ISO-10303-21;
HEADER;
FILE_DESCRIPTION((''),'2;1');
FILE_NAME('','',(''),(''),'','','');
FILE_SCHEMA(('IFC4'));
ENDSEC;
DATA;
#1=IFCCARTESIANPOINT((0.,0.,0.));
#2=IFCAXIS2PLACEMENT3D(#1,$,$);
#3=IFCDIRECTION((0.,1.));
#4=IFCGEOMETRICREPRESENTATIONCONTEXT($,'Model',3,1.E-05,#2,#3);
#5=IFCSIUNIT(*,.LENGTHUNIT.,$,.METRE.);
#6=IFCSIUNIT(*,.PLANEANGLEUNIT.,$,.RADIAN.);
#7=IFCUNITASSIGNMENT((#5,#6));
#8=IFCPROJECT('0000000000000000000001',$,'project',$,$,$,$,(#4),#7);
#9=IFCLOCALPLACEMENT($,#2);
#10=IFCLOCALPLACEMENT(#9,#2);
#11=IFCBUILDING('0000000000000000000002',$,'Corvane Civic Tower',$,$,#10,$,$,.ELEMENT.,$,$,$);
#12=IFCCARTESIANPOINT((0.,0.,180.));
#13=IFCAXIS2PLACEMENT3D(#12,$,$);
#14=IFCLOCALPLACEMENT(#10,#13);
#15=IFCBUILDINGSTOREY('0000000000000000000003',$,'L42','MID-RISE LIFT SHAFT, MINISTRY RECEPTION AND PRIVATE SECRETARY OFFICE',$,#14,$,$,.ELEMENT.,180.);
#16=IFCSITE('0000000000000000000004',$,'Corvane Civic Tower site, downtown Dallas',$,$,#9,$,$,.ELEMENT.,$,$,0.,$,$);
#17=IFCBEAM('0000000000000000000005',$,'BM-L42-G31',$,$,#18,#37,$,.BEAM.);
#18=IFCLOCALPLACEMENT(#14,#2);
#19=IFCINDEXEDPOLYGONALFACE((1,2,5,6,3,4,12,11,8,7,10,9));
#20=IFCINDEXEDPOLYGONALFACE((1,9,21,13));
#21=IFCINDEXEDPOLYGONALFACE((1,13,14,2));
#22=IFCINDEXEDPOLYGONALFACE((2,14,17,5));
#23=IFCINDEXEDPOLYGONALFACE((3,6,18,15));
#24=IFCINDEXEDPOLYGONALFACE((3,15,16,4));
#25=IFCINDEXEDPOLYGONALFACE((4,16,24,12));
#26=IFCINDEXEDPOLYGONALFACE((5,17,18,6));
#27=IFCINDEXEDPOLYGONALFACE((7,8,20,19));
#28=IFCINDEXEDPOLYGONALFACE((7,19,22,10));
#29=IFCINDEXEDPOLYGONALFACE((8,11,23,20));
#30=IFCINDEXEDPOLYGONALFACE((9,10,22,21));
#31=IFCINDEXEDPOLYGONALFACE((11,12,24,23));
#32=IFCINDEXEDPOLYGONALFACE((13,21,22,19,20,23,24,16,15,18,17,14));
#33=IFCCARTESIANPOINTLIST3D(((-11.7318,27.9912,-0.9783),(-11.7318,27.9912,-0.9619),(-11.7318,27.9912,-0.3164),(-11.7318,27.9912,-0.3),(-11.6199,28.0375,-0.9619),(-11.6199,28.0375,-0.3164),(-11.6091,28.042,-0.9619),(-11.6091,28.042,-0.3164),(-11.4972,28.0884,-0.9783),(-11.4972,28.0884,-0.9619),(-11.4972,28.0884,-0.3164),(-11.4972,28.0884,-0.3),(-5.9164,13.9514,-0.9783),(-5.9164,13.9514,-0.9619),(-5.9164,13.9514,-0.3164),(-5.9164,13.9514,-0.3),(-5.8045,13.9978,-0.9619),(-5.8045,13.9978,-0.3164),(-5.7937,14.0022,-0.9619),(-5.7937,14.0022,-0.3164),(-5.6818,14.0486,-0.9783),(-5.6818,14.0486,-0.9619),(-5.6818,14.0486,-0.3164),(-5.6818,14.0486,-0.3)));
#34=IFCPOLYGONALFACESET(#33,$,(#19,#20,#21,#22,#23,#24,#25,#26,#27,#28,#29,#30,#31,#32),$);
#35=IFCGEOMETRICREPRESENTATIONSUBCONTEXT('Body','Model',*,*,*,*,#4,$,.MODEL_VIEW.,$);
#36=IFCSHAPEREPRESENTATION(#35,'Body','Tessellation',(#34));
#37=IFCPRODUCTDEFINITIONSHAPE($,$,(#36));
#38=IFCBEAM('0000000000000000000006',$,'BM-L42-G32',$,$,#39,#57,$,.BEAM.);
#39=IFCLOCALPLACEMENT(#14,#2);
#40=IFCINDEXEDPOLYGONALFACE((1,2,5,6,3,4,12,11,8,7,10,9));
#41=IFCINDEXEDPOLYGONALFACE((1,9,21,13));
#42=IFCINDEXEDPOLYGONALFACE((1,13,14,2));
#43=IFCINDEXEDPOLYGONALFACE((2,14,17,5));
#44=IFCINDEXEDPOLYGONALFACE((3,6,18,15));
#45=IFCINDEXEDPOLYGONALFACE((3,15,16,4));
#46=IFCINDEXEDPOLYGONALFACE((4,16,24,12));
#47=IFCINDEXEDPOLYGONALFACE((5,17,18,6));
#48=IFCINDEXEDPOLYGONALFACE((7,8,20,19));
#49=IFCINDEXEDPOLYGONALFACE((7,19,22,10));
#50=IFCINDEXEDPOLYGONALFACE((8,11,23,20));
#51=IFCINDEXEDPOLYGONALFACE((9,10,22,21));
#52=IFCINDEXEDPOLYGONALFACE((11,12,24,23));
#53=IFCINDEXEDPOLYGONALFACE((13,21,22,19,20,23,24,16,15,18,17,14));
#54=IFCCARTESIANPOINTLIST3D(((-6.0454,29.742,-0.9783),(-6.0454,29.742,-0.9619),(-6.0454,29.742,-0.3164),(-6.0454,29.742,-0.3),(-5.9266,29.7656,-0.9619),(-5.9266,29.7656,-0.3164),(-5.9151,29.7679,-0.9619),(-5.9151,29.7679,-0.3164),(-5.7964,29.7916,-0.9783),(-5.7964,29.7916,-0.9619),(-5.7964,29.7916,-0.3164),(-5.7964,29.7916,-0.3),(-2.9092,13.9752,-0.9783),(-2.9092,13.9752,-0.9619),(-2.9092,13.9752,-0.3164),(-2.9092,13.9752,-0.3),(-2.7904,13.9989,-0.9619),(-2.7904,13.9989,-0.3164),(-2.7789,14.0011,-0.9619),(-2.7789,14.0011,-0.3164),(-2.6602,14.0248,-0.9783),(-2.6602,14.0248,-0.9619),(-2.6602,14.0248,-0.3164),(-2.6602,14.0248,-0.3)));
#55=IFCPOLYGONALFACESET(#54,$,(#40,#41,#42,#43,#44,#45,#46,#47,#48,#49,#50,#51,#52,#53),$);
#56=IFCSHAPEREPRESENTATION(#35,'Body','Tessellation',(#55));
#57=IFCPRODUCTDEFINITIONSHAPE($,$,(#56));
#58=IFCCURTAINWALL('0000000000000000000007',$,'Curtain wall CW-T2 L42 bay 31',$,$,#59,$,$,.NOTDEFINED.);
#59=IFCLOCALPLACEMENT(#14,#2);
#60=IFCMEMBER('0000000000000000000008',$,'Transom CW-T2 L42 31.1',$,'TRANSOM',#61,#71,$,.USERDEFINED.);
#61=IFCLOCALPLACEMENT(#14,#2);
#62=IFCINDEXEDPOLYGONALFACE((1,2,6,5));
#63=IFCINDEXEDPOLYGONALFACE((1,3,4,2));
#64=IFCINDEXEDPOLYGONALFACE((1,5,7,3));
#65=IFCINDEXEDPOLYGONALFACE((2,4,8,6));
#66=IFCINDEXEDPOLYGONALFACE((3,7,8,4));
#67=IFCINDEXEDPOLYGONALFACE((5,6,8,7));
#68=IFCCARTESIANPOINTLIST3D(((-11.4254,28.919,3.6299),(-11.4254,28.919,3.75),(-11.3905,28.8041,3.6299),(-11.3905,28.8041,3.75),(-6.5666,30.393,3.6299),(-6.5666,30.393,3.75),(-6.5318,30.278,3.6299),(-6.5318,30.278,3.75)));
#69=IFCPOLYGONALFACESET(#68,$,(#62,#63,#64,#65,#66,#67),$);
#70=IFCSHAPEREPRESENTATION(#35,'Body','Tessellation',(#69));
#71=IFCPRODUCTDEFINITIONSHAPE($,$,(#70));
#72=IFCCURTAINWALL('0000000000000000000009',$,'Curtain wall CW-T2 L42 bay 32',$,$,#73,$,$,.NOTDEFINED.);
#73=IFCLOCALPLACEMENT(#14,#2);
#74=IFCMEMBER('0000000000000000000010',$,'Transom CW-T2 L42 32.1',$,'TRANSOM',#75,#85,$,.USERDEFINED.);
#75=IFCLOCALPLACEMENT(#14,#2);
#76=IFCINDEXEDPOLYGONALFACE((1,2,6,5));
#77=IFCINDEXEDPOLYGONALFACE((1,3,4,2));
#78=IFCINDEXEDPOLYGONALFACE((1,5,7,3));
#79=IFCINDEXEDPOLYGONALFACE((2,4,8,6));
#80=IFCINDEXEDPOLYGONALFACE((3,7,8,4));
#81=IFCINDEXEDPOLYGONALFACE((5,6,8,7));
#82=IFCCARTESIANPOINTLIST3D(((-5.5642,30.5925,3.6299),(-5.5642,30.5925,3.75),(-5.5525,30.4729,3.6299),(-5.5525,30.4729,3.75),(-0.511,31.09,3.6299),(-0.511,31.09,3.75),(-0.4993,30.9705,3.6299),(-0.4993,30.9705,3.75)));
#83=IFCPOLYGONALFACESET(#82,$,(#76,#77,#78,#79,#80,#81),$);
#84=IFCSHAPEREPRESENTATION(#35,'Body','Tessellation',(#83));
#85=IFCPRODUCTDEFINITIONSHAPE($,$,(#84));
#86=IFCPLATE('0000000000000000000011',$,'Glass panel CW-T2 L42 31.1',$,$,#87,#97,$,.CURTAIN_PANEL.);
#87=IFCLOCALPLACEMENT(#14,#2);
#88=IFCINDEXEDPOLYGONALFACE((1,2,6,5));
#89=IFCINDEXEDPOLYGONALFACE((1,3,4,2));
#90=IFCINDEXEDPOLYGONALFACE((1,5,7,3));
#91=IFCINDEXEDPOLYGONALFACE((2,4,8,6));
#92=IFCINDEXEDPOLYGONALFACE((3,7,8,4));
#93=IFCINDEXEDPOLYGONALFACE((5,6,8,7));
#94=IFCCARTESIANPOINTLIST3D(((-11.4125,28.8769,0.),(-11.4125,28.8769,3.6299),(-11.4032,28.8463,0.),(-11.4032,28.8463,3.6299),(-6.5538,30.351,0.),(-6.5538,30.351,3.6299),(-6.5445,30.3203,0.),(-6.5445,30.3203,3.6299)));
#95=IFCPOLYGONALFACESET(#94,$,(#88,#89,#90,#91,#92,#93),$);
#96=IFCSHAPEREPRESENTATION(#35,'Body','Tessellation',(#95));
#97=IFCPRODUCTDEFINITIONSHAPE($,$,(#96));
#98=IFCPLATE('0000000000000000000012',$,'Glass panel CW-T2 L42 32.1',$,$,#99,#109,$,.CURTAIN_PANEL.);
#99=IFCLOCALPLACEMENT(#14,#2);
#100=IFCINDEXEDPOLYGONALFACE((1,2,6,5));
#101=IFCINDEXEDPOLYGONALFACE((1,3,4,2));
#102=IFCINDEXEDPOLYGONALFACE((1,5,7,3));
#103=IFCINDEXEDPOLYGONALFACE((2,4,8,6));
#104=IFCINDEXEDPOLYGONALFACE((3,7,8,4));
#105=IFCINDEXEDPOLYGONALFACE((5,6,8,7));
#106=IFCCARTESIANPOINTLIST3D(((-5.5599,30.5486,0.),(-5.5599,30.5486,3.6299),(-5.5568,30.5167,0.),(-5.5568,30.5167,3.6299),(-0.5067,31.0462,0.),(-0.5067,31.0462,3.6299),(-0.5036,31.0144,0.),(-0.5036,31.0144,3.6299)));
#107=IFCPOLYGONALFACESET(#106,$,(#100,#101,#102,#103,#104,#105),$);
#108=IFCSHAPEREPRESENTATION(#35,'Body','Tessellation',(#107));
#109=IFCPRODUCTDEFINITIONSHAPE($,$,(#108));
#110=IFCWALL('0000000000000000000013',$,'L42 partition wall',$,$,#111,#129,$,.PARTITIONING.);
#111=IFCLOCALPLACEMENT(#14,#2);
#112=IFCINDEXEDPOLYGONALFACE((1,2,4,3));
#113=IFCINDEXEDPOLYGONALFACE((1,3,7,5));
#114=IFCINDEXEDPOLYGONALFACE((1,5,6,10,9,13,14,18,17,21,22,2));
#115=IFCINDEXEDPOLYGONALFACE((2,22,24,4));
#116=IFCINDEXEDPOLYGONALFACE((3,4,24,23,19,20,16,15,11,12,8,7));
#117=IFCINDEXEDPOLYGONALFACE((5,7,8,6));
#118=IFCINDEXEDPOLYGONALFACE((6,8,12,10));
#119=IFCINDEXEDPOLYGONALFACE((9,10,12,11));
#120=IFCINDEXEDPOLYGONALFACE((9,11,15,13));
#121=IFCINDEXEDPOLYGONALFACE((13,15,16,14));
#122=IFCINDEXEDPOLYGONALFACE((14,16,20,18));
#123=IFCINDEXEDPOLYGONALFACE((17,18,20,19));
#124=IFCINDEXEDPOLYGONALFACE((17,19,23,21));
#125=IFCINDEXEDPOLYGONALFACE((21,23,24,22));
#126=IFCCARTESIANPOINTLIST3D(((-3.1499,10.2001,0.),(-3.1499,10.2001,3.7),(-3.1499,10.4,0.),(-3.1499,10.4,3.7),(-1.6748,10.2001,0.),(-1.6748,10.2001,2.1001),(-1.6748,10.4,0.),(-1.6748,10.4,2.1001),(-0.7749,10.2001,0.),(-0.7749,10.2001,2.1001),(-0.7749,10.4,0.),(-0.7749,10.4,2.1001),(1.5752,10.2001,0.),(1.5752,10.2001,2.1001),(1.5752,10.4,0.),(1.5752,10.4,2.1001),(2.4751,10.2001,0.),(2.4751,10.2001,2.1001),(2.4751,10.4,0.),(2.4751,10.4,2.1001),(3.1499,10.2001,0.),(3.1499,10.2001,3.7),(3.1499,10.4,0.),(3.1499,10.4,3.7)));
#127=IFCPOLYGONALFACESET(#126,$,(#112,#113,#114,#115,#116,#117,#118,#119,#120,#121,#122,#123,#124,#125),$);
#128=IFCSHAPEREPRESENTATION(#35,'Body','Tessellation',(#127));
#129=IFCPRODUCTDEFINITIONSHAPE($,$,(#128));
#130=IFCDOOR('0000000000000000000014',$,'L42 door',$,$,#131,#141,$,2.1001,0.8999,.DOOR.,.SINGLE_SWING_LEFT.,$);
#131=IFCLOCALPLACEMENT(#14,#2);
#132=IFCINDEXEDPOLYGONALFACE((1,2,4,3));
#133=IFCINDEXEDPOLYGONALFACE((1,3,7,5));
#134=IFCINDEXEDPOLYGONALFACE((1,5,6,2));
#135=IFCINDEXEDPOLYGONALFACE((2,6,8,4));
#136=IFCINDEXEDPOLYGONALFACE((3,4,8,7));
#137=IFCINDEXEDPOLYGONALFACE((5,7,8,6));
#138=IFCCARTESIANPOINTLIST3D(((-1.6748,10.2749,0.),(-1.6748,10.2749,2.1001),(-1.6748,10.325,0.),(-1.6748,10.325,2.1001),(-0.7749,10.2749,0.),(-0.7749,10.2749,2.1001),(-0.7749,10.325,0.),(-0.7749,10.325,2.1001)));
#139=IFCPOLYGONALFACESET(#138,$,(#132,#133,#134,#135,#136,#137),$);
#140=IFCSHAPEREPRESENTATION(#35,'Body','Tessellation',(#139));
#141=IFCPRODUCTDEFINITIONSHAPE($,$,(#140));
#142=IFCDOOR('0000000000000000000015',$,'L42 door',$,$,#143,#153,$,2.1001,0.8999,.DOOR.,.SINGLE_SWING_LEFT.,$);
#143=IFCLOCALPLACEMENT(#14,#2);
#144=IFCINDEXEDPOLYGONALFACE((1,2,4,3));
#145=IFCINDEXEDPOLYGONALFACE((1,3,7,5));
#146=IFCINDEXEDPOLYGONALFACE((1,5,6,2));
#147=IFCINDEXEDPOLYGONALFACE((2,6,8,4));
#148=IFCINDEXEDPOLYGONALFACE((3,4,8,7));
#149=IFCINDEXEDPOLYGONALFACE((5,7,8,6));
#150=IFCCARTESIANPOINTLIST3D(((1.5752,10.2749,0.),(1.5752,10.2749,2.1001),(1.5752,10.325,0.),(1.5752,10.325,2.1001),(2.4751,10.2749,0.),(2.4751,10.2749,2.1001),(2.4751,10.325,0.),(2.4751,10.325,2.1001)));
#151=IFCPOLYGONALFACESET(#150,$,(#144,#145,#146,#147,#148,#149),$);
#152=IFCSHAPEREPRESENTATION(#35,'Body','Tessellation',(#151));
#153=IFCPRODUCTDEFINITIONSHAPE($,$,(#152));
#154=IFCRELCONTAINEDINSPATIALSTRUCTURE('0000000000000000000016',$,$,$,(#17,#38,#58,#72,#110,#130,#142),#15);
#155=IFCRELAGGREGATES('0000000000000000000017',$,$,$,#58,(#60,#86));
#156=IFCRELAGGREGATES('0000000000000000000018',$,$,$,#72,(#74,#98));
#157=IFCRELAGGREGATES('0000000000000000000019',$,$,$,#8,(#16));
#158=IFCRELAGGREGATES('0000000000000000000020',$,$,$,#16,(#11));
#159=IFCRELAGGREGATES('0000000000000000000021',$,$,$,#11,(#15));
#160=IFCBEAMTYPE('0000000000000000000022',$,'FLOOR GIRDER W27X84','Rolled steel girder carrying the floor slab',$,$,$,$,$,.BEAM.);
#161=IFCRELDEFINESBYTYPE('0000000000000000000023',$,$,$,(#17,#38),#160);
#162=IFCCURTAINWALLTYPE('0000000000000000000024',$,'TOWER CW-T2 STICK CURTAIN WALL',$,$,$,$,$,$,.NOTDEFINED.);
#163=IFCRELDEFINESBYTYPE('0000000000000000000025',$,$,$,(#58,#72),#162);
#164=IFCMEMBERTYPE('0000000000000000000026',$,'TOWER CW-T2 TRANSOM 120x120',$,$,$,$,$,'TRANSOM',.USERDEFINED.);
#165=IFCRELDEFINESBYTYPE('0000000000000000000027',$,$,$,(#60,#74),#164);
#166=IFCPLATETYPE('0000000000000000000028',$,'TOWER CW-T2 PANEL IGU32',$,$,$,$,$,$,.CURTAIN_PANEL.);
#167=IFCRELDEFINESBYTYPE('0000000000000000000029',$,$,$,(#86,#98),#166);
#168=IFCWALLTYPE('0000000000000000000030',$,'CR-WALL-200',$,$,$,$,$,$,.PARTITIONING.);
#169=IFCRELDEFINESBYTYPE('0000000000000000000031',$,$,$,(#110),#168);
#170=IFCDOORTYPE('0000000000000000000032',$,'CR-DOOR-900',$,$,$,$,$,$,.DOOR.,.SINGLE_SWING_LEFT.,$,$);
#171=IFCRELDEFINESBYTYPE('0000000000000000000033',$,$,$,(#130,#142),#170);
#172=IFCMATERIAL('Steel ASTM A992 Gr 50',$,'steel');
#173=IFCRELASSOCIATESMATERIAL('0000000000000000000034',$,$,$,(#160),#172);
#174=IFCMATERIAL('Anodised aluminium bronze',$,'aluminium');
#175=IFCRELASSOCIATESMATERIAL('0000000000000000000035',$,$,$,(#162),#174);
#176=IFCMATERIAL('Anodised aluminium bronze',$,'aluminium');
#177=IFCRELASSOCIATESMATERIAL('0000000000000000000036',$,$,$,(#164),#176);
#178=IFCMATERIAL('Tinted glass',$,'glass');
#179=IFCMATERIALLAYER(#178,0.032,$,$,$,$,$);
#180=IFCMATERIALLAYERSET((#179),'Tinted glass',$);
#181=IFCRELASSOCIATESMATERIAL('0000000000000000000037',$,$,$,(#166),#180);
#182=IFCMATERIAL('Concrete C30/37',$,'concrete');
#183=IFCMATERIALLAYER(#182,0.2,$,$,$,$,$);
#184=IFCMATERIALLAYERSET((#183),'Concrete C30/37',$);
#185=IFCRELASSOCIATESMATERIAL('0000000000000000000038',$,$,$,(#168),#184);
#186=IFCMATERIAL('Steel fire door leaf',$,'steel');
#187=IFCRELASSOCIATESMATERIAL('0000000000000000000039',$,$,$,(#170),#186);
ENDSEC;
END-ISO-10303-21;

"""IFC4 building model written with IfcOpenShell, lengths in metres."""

from ifc_helpers import new_model, si_unit, direction, frame, frame_2d, origin, origin_2d, place, context, subcontext, project, spatial, rectangle, i_section, extrude, material, layer, layer_set, material_profile, profile_set, type_object, element, fill, aggregate, save


model = new_model("IFC4")

# Units and contexts
model_context = context("Model", 3, precision=1e-05, world=origin(), true_north=direction((0.0, 1.0)))
body_context = subcontext(model_context, "Body", "Model", "MODEL_VIEW")
ifc_project = project(units=[si_unit("LENGTHUNIT", "METRE"), si_unit("PLANEANGLEUNIT", "RADIAN")], contexts=[model_context])

# Site, building, storey
site_placement = place(None, origin())
site = spatial("IfcSite", under=ifc_project, at=site_placement, Name="Corvane Civic Tower site, downtown Dallas", CompositionType="ELEMENT", RefElevation=0.0)
building_placement = place(site_placement, origin())
building = spatial("IfcBuilding", under=site, at=building_placement, Name="Corvane Civic Tower", CompositionType="ELEMENT")
storey_placement = place(building_placement, frame((0.0, 0.0, 180.0)))
storey = spatial("IfcBuildingStorey", under=building, at=storey_placement, Name="L42", Description="MID-RISE LIFT SHAFT, MINISTRY RECEPTION AND PRIVATE SECRETARY OFFICE", CompositionType="ELEMENT", Elevation=180.0)

# Beams
ifc_material_1 = material(Name="Steel ASTM A992 Gr 50", Category="steel")
ifc_material_profile_1 = material_profile(ifc_material_1, i_section(OverallWidth=0.2539, OverallDepth=0.6782, WebThickness=0.0117, FlangeThickness=0.0164, at=origin_2d()), Name="W27X84")
ifc_profile_set_1 = profile_set([ifc_material_profile_1], Name="Steel ASTM A992 Gr 50")
beam_type_1 = type_object("IfcBeamType", Name="FLOOR GIRDER W27X84", Description="Rolled steel girder carrying the floor slab", PredefinedType="BEAM", material=ifc_profile_set_1)
beam_1_placement = place(storey_placement, frame((-5.7991, 14.0, -0.6392), z_axis=(-0.382681, 0.923881, 0.0), x_axis=(-0.923881, -0.382681, 0.0)))
element("IfcBeam", 1, at=beam_1_placement, inside=storey, type_object=beam_type_1, Name="BM-L42-G31", PredefinedType="BEAM", context=body_context, shape_type="SweptSolid", body=[
    extrude(i_section(OverallWidth=0.2539, OverallDepth=0.6782, WebThickness=0.0117, FlangeThickness=0.0164, at=origin_2d()), origin(), (0.0, 0.0, 1.0), 15.1965),
])
beam_2_placement = place(storey_placement, frame((-2.7847, 14.0, -0.6392), z_axis=(-0.195091, 0.980785, 0.0), x_axis=(-0.980785, -0.195091, 0.0)))
element("IfcBeam", 2, at=beam_2_placement, inside=storey, type_object=beam_type_1, Name="BM-L42-G32", PredefinedType="BEAM", context=body_context, shape_type="SweptSolid", body=[
    extrude(i_section(OverallWidth=0.2539, OverallDepth=0.6782, WebThickness=0.0117, FlangeThickness=0.0164, at=origin_2d()), origin(), (0.0, 0.0, 1.0), 16.0757),
])

# Curtain walls, members
ifc_material_2 = material(Name="Anodised aluminium bronze", Category="aluminium")
curtain_wall_type = type_object("IfcCurtainWallType", Name="TOWER CW-T2 STICK CURTAIN WALL", PredefinedType="NOTDEFINED", material=ifc_material_2)
curtain_wall_1_placement = place(storey_placement, origin())
curtain_wall_1 = element("IfcCurtainWall", 3, at=curtain_wall_1_placement, inside=storey, type_object=curtain_wall_type, Name="Curtain wall CW-T2 L42 bay 31", PredefinedType="NOTDEFINED")
ifc_material_3 = material(Name="Anodised aluminium bronze", Category="aluminium")
ifc_material_profile_2 = material_profile(ifc_material_3, rectangle(XDim=0.1201, YDim=0.1201, at=origin_2d()), Name="TOWER CW-T2 TRANSOM 120x120")
ifc_profile_set_2 = profile_set([ifc_material_profile_2], Name="Anodised aluminium bronze")
member_type = type_object("IfcMemberType", Name="TOWER CW-T2 TRANSOM 120x120", ElementType="TRANSOM", PredefinedType="USERDEFINED", material=ifc_profile_set_2)
member_1_placement = place(storey_placement, frame((-11.408, 28.8616, 3.6899), z_axis=(0.956939, 0.290289, 0.0), x_axis=(-0.290289, 0.956939, 0.0)))
member_1 = element("IfcMember", 4, at=member_1_placement, type_object=member_type, Name="Transom CW-T2 L42 31.1", ObjectType="TRANSOM", PredefinedType="USERDEFINED", context=body_context, shape_type="SweptSolid", body=[
    extrude(rectangle(XDim=0.1201, YDim=0.1201, at=origin_2d()), origin(), (0.0, 0.0, 1.0), 5.0774),
])
curtain_wall_2_placement = place(storey_placement, origin())
curtain_wall_2 = element("IfcCurtainWall", 5, at=curtain_wall_2_placement, inside=storey, type_object=curtain_wall_type, Name="Curtain wall CW-T2 L42 bay 32", PredefinedType="NOTDEFINED")
member_2_placement = place(storey_placement, frame((-5.5583, 30.5327, 3.6899), z_axis=(0.995187, 0.09799, 0.0), x_axis=(-0.09799, 0.995187, 0.0)))
member_2 = element("IfcMember", 6, at=member_2_placement, type_object=member_type, Name="Transom CW-T2 L42 32.1", ObjectType="TRANSOM", PredefinedType="USERDEFINED", context=body_context, shape_type="SweptSolid", body=[
    extrude(rectangle(XDim=0.1201, YDim=0.1201, at=origin_2d()), origin(), (0.0, 0.0, 1.0), 5.0776),
])

# Plates
ifc_material_4 = material(Name="Tinted glass", Category="glass")
ifc_layer_1 = layer(ifc_material_4, 0.032)
ifc_layer_set_1 = layer_set([ifc_layer_1], Name="Tinted glass")
plate_type = type_object("IfcPlateType", Name="TOWER CW-T2 PANEL IGU32", PredefinedType="CURTAIN_PANEL", material=ifc_layer_set_1)
plate_1_placement = place(storey_placement, frame((-8.9785, 29.5986, 0.0), z_axis=(0.0, 0.0, 1.0), x_axis=(0.956932, 0.290313, 0.0)))
plate_1 = element("IfcPlate", 7, at=plate_1_placement, type_object=plate_type, Name="Glass panel CW-T2 L42 31.1", PredefinedType="CURTAIN_PANEL", context=body_context, shape_type="SweptSolid", body=[
    extrude(rectangle(XDim=5.0774, YDim=0.032, at=origin_2d()), origin(), (0.0, 0.0, 1.0), 3.6299),
])
aggregate(curtain_wall_1, [member_1, plate_1])
plate_2_placement = place(storey_placement, frame((-3.0317, 30.7815, 0.0), z_axis=(0.0, 0.0, 1.0), x_axis=(0.995185, 0.098012, 0.0)))
plate_2 = element("IfcPlate", 8, at=plate_2_placement, type_object=plate_type, Name="Glass panel CW-T2 L42 32.1", PredefinedType="CURTAIN_PANEL", context=body_context, shape_type="SweptSolid", body=[
    extrude(rectangle(XDim=5.0776, YDim=0.032, at=origin_2d()), origin(), (0.0, 0.0, 1.0), 3.6299),
])
aggregate(curtain_wall_2, [member_2, plate_2])

# Wall, openings, doors
ifc_material_5 = material(Name="Concrete C30/37", Category="concrete")
ifc_layer_2 = layer(ifc_material_5, 0.2)
ifc_layer_set_2 = layer_set([ifc_layer_2], Name="Concrete C30/37")
wall_type_1 = type_object("IfcWallType", Name="CR-WALL-200", PredefinedType="PARTITIONING", material=ifc_layer_set_2)
wall_1_placement = place(storey_placement, frame((-3.1499, 10.3, 0.0), z_axis=(0.0, 0.0, 1.0), x_axis=(1.0, 0.0, 0.0)))
wall_1 = element("IfcWall", 9, at=wall_1_placement, inside=storey, type_object=wall_type_1, Name="L42 partition wall", PredefinedType="PARTITIONING", context=body_context, shape_type="SweptSolid", body=[
    extrude(rectangle(XDim=6.2998, YDim=0.2, at=frame_2d((3.1499, 0.0))), origin(), (0.0, 0.0, 1.0), 3.7),
])
opening_1_placement = place(wall_1_placement, frame((1.4751, 0.0, 0.0)))
opening_1 = element("IfcOpeningElement", 10, at=opening_1_placement, cuts=wall_1, PredefinedType="OPENING", context=body_context, shape_type="SweptSolid", body=[
    extrude(rectangle(XDim=0.8999, YDim=2.1001, at=frame_2d((0.45, 1.05))), frame((0.0, 0.1099, 0.0), z_axis=(0.0, -1.0, 0.0), x_axis=(1.0, 0.0, 0.0)), (0.0, 0.0, 1.0), 0.22),
])
opening_2_placement = place(wall_1_placement, frame((4.7251, 0.0, 0.0)))
opening_2 = element("IfcOpeningElement", 11, at=opening_2_placement, cuts=wall_1, PredefinedType="OPENING", context=body_context, shape_type="SweptSolid", body=[
    extrude(rectangle(XDim=0.8999, YDim=2.1001, at=frame_2d((0.45, 1.05))), frame((0.0, 0.1099, 0.0), z_axis=(0.0, -1.0, 0.0), x_axis=(1.0, 0.0, 0.0)), (0.0, 0.0, 1.0), 0.22),
])
ifc_material_6 = material(Name="Steel fire door leaf", Category="steel")
door_type_1 = type_object("IfcDoorType", Name="CR-DOOR-900", OperationType="SINGLE_SWING_LEFT", PredefinedType="DOOR", material=ifc_material_6)
door_1_placement = place(opening_1_placement, origin())
door_1 = element("IfcDoor", 12, at=door_1_placement, inside=storey, type_object=door_type_1, Name="L42 door", OperationType="SINGLE_SWING_LEFT", OverallHeight=2.1001, OverallWidth=0.8999, PredefinedType="DOOR", context=body_context, shape_type="SweptSolid", body=[
    extrude(rectangle(XDim=0.8999, YDim=2.1001, at=frame_2d((0.45, 1.05))), frame((0.0, 0.0249, 0.0), z_axis=(0.0, -1.0, 0.0), x_axis=(1.0, 0.0, 0.0)), (0.0, 0.0, 1.0), 0.05),
])
fill(opening_1, door_1)
door_2_placement = place(opening_2_placement, origin())
door_2 = element("IfcDoor", 13, at=door_2_placement, inside=storey, type_object=door_type_1, Name="L42 door", OperationType="SINGLE_SWING_LEFT", OverallHeight=2.1001, OverallWidth=0.8999, PredefinedType="DOOR", context=body_context, shape_type="SweptSolid", body=[
    extrude(rectangle(XDim=0.8999, YDim=2.1001, at=frame_2d((0.45, 1.05))), frame((0.0, 0.0249, 0.0), z_axis=(0.0, -1.0, 0.0), x_axis=(1.0, 0.0, 0.0)), (0.0, 0.0, 1.0), 0.05),
])
fill(opening_2, door_2)

save(model, "model.ifc")
